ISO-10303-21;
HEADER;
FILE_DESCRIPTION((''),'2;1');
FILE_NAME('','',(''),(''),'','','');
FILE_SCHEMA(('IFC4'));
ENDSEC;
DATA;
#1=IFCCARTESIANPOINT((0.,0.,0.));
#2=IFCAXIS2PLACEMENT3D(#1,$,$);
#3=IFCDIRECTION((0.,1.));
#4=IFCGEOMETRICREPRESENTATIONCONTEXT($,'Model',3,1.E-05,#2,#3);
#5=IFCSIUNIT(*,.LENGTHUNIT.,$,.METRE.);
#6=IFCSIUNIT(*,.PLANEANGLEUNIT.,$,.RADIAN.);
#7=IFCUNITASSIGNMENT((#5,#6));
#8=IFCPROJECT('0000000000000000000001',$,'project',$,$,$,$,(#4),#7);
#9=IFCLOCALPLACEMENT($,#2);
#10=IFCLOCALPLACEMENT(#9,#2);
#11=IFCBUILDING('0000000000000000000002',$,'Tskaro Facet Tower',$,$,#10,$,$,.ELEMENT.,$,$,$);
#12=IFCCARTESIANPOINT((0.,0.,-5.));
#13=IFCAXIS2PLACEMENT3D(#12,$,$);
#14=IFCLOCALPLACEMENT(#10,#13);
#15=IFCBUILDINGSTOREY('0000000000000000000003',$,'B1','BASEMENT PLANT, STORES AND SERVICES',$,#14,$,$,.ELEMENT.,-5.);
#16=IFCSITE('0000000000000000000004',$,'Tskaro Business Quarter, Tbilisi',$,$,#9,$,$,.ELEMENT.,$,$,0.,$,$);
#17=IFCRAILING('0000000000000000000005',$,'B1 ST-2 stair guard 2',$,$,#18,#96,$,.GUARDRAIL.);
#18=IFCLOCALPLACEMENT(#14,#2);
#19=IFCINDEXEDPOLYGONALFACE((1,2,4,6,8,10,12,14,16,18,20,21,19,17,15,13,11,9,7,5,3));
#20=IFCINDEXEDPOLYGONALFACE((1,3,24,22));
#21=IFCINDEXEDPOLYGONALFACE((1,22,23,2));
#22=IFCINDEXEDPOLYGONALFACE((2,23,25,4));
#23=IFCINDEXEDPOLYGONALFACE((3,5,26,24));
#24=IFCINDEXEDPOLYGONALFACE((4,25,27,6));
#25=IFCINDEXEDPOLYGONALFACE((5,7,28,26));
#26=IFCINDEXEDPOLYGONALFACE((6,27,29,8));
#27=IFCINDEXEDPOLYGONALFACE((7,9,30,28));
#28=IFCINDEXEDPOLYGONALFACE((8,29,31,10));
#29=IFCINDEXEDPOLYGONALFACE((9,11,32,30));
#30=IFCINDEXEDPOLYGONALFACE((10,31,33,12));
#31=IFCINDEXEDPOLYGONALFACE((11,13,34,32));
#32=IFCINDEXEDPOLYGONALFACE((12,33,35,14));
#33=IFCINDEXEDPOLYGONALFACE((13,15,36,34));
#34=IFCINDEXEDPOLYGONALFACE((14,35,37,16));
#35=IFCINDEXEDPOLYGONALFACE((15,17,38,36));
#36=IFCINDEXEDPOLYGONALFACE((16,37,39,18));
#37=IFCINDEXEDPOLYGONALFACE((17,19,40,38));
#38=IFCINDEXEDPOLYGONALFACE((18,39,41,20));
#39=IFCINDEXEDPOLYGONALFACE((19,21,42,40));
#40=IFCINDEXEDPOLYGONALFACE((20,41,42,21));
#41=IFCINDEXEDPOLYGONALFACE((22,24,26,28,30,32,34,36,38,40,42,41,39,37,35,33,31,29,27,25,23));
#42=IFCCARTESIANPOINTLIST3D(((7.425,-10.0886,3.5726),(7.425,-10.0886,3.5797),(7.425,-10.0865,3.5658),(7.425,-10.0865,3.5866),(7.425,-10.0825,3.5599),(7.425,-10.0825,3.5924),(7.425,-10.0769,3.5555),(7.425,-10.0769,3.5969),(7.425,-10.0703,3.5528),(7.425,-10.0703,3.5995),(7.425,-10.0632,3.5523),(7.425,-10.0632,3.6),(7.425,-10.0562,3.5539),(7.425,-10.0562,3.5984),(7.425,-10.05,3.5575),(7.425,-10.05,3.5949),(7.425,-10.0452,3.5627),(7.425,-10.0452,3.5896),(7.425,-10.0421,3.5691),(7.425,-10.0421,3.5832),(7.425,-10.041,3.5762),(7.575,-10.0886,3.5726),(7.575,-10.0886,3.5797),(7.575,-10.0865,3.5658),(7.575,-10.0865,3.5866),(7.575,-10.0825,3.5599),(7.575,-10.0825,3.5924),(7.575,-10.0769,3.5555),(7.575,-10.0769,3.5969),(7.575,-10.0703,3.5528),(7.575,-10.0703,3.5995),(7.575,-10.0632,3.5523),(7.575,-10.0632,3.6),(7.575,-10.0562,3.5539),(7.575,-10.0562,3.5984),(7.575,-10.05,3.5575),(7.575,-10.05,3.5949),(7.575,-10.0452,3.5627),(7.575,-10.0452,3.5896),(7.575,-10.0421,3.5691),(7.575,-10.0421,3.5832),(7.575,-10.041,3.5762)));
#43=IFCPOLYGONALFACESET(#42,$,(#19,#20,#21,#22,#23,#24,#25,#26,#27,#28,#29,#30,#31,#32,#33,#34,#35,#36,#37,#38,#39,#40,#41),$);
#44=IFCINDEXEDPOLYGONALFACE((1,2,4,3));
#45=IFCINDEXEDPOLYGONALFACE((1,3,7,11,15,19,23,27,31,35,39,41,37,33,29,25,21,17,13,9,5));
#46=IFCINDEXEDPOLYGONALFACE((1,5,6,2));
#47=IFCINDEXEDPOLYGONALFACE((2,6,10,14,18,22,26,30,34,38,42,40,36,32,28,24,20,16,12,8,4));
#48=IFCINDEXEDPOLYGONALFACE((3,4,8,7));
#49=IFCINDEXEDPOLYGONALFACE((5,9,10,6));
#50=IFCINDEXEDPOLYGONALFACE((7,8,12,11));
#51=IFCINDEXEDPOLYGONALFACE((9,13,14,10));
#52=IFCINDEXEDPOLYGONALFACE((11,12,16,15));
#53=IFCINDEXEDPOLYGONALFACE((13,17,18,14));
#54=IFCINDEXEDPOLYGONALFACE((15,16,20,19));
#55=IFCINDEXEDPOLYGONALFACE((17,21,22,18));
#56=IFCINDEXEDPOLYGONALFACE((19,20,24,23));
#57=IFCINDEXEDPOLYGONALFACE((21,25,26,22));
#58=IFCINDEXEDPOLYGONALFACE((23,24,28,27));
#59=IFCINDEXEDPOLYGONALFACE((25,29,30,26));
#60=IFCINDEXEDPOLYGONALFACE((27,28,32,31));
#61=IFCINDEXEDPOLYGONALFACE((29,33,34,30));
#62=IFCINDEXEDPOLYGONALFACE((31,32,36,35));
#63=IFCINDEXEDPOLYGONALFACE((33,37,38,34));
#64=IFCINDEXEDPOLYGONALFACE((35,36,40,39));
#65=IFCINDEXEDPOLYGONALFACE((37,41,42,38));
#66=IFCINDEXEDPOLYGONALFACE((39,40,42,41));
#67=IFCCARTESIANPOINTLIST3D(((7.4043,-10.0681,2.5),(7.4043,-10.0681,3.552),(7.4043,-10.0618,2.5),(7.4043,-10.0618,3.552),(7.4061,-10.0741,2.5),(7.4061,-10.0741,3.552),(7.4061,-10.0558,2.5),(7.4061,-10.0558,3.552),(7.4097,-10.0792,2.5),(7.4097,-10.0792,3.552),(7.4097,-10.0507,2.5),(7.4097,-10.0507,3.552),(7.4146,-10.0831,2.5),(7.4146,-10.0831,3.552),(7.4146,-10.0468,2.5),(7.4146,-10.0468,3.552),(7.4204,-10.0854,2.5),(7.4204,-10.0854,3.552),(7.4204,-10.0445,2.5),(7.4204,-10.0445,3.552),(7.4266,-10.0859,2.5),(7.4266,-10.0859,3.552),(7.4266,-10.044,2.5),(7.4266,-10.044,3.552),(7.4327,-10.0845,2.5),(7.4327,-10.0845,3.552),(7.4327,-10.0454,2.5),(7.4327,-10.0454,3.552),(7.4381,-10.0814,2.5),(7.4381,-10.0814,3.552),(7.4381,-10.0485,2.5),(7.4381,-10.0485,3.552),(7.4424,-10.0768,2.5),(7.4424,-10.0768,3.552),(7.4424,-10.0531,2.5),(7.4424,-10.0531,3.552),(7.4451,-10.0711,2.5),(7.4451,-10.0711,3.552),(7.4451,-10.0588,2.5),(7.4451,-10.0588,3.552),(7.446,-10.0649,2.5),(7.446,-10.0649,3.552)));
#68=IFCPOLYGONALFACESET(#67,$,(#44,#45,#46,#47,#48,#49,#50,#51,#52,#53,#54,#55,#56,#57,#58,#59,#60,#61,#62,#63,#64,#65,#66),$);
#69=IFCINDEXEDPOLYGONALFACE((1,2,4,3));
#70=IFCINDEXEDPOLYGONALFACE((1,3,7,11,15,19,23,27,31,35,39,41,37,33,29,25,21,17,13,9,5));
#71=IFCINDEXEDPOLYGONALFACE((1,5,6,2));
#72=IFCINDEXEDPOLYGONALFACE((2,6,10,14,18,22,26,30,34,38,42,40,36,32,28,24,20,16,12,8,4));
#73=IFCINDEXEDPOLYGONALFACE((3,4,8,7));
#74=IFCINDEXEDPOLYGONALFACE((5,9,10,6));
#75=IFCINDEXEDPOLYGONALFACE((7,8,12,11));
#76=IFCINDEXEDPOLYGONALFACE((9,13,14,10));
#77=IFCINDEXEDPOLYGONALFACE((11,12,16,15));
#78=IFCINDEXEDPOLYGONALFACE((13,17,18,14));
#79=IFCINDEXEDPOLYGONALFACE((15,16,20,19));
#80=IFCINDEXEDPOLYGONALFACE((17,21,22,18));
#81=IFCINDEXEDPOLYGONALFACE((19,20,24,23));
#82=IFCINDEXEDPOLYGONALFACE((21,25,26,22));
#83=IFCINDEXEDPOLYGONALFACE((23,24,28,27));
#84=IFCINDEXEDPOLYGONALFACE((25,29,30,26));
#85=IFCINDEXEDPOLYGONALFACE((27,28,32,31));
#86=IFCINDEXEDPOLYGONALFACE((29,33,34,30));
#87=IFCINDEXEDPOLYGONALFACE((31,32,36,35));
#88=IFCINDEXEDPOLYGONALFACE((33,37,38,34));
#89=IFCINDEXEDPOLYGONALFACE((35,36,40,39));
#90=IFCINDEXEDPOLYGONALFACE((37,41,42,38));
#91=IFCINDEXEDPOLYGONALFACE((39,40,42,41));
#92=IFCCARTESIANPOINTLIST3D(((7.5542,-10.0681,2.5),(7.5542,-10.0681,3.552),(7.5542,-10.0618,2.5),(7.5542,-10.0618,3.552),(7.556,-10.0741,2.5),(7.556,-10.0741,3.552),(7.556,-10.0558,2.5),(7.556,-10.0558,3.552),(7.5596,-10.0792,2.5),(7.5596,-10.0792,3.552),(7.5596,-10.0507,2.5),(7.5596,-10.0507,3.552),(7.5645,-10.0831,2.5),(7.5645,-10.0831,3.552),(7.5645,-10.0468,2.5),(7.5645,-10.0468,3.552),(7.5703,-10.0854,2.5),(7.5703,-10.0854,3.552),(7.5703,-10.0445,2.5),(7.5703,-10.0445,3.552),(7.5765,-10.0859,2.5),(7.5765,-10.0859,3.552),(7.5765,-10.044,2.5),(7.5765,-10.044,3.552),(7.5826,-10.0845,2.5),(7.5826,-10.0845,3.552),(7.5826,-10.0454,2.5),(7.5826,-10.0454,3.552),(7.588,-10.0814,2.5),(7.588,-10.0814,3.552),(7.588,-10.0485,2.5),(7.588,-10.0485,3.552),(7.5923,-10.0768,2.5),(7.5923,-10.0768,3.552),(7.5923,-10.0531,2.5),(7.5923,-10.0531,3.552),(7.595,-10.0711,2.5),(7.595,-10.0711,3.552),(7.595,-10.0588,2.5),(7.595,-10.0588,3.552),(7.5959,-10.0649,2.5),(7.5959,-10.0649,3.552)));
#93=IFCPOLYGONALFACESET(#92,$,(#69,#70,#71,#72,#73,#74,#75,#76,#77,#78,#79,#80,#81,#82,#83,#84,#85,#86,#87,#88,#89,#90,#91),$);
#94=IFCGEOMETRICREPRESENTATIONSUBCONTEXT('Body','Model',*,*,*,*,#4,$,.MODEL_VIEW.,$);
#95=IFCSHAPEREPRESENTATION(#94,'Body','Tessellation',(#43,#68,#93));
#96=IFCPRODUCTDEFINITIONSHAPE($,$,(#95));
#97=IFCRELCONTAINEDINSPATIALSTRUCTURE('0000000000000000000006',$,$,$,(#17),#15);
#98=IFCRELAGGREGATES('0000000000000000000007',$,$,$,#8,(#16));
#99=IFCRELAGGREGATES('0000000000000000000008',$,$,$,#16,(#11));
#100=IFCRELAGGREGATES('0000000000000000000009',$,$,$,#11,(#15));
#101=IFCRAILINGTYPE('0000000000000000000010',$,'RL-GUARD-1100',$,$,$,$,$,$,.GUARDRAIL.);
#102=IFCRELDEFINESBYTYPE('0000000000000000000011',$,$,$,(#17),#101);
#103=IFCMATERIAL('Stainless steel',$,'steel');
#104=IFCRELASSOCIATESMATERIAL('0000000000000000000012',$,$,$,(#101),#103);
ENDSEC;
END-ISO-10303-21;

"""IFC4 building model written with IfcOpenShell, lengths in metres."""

from ifc_helpers import new_model, si_unit, direction, frame, origin, origin_2d, place, context, subcontext, project, spatial, circle, extrude, material, type_object, element, save


model = new_model("IFC4")

# Units and contexts
model_context = context("Model", 3, precision=1e-05, world=origin(), true_north=direction((0.0, 1.0)))
body_context = subcontext(model_context, "Body", "Model", "MODEL_VIEW")
ifc_project = project(units=[si_unit("LENGTHUNIT", "METRE"), si_unit("PLANEANGLEUNIT", "RADIAN")], contexts=[model_context])

# Site, building, storey
site_placement = place(None, origin())
site = spatial("IfcSite", under=ifc_project, at=site_placement, Name="Tskaro Business Quarter, Tbilisi", CompositionType="ELEMENT", RefElevation=0.0)
building_placement = place(site_placement, origin())
building = spatial("IfcBuilding", under=site, at=building_placement, Name="Tskaro Facet Tower", CompositionType="ELEMENT")
storey_placement = place(building_placement, frame((0.0, 0.0, -5.0)))
storey = spatial("IfcBuildingStorey", under=building, at=storey_placement, Name="B1", Description="BASEMENT PLANT, STORES AND SERVICES", CompositionType="ELEMENT", Elevation=-5.0)

# Railing
ifc_material_1 = material(Name="Stainless steel", Category="steel")
railing_type_1 = type_object("IfcRailingType", Name="RL-GUARD-1100", PredefinedType="GUARDRAIL", material=ifc_material_1)
railing_1_placement = place(storey_placement, frame((7.425, -10.0649, 2.5)))
element("IfcRailing", 1, at=railing_1_placement, inside=storey, type_object=railing_type_1, Name="B1 ST-2 stair guard 2", PredefinedType="GUARDRAIL", context=body_context, shape_type="SweptSolid", body=[
    extrude(circle(Radius=0.0239, at=origin_2d()), frame((0.0, 0.0, 1.0762), z_axis=(1.0, 0.0, 0.0), x_axis=(0.0, 1.0, 0.0)), (0.0, 0.0, 1.0), 0.1499),
    extrude(circle(Radius=0.021, at=origin_2d()), origin(), (0.0, 0.0, 1.0), 1.052),
    extrude(circle(Radius=0.021, at=origin_2d()), frame((0.1499, 0.0, 0.0)), (0.0, 0.0, 1.0), 1.052),
])

save(model, "model.ifc")
